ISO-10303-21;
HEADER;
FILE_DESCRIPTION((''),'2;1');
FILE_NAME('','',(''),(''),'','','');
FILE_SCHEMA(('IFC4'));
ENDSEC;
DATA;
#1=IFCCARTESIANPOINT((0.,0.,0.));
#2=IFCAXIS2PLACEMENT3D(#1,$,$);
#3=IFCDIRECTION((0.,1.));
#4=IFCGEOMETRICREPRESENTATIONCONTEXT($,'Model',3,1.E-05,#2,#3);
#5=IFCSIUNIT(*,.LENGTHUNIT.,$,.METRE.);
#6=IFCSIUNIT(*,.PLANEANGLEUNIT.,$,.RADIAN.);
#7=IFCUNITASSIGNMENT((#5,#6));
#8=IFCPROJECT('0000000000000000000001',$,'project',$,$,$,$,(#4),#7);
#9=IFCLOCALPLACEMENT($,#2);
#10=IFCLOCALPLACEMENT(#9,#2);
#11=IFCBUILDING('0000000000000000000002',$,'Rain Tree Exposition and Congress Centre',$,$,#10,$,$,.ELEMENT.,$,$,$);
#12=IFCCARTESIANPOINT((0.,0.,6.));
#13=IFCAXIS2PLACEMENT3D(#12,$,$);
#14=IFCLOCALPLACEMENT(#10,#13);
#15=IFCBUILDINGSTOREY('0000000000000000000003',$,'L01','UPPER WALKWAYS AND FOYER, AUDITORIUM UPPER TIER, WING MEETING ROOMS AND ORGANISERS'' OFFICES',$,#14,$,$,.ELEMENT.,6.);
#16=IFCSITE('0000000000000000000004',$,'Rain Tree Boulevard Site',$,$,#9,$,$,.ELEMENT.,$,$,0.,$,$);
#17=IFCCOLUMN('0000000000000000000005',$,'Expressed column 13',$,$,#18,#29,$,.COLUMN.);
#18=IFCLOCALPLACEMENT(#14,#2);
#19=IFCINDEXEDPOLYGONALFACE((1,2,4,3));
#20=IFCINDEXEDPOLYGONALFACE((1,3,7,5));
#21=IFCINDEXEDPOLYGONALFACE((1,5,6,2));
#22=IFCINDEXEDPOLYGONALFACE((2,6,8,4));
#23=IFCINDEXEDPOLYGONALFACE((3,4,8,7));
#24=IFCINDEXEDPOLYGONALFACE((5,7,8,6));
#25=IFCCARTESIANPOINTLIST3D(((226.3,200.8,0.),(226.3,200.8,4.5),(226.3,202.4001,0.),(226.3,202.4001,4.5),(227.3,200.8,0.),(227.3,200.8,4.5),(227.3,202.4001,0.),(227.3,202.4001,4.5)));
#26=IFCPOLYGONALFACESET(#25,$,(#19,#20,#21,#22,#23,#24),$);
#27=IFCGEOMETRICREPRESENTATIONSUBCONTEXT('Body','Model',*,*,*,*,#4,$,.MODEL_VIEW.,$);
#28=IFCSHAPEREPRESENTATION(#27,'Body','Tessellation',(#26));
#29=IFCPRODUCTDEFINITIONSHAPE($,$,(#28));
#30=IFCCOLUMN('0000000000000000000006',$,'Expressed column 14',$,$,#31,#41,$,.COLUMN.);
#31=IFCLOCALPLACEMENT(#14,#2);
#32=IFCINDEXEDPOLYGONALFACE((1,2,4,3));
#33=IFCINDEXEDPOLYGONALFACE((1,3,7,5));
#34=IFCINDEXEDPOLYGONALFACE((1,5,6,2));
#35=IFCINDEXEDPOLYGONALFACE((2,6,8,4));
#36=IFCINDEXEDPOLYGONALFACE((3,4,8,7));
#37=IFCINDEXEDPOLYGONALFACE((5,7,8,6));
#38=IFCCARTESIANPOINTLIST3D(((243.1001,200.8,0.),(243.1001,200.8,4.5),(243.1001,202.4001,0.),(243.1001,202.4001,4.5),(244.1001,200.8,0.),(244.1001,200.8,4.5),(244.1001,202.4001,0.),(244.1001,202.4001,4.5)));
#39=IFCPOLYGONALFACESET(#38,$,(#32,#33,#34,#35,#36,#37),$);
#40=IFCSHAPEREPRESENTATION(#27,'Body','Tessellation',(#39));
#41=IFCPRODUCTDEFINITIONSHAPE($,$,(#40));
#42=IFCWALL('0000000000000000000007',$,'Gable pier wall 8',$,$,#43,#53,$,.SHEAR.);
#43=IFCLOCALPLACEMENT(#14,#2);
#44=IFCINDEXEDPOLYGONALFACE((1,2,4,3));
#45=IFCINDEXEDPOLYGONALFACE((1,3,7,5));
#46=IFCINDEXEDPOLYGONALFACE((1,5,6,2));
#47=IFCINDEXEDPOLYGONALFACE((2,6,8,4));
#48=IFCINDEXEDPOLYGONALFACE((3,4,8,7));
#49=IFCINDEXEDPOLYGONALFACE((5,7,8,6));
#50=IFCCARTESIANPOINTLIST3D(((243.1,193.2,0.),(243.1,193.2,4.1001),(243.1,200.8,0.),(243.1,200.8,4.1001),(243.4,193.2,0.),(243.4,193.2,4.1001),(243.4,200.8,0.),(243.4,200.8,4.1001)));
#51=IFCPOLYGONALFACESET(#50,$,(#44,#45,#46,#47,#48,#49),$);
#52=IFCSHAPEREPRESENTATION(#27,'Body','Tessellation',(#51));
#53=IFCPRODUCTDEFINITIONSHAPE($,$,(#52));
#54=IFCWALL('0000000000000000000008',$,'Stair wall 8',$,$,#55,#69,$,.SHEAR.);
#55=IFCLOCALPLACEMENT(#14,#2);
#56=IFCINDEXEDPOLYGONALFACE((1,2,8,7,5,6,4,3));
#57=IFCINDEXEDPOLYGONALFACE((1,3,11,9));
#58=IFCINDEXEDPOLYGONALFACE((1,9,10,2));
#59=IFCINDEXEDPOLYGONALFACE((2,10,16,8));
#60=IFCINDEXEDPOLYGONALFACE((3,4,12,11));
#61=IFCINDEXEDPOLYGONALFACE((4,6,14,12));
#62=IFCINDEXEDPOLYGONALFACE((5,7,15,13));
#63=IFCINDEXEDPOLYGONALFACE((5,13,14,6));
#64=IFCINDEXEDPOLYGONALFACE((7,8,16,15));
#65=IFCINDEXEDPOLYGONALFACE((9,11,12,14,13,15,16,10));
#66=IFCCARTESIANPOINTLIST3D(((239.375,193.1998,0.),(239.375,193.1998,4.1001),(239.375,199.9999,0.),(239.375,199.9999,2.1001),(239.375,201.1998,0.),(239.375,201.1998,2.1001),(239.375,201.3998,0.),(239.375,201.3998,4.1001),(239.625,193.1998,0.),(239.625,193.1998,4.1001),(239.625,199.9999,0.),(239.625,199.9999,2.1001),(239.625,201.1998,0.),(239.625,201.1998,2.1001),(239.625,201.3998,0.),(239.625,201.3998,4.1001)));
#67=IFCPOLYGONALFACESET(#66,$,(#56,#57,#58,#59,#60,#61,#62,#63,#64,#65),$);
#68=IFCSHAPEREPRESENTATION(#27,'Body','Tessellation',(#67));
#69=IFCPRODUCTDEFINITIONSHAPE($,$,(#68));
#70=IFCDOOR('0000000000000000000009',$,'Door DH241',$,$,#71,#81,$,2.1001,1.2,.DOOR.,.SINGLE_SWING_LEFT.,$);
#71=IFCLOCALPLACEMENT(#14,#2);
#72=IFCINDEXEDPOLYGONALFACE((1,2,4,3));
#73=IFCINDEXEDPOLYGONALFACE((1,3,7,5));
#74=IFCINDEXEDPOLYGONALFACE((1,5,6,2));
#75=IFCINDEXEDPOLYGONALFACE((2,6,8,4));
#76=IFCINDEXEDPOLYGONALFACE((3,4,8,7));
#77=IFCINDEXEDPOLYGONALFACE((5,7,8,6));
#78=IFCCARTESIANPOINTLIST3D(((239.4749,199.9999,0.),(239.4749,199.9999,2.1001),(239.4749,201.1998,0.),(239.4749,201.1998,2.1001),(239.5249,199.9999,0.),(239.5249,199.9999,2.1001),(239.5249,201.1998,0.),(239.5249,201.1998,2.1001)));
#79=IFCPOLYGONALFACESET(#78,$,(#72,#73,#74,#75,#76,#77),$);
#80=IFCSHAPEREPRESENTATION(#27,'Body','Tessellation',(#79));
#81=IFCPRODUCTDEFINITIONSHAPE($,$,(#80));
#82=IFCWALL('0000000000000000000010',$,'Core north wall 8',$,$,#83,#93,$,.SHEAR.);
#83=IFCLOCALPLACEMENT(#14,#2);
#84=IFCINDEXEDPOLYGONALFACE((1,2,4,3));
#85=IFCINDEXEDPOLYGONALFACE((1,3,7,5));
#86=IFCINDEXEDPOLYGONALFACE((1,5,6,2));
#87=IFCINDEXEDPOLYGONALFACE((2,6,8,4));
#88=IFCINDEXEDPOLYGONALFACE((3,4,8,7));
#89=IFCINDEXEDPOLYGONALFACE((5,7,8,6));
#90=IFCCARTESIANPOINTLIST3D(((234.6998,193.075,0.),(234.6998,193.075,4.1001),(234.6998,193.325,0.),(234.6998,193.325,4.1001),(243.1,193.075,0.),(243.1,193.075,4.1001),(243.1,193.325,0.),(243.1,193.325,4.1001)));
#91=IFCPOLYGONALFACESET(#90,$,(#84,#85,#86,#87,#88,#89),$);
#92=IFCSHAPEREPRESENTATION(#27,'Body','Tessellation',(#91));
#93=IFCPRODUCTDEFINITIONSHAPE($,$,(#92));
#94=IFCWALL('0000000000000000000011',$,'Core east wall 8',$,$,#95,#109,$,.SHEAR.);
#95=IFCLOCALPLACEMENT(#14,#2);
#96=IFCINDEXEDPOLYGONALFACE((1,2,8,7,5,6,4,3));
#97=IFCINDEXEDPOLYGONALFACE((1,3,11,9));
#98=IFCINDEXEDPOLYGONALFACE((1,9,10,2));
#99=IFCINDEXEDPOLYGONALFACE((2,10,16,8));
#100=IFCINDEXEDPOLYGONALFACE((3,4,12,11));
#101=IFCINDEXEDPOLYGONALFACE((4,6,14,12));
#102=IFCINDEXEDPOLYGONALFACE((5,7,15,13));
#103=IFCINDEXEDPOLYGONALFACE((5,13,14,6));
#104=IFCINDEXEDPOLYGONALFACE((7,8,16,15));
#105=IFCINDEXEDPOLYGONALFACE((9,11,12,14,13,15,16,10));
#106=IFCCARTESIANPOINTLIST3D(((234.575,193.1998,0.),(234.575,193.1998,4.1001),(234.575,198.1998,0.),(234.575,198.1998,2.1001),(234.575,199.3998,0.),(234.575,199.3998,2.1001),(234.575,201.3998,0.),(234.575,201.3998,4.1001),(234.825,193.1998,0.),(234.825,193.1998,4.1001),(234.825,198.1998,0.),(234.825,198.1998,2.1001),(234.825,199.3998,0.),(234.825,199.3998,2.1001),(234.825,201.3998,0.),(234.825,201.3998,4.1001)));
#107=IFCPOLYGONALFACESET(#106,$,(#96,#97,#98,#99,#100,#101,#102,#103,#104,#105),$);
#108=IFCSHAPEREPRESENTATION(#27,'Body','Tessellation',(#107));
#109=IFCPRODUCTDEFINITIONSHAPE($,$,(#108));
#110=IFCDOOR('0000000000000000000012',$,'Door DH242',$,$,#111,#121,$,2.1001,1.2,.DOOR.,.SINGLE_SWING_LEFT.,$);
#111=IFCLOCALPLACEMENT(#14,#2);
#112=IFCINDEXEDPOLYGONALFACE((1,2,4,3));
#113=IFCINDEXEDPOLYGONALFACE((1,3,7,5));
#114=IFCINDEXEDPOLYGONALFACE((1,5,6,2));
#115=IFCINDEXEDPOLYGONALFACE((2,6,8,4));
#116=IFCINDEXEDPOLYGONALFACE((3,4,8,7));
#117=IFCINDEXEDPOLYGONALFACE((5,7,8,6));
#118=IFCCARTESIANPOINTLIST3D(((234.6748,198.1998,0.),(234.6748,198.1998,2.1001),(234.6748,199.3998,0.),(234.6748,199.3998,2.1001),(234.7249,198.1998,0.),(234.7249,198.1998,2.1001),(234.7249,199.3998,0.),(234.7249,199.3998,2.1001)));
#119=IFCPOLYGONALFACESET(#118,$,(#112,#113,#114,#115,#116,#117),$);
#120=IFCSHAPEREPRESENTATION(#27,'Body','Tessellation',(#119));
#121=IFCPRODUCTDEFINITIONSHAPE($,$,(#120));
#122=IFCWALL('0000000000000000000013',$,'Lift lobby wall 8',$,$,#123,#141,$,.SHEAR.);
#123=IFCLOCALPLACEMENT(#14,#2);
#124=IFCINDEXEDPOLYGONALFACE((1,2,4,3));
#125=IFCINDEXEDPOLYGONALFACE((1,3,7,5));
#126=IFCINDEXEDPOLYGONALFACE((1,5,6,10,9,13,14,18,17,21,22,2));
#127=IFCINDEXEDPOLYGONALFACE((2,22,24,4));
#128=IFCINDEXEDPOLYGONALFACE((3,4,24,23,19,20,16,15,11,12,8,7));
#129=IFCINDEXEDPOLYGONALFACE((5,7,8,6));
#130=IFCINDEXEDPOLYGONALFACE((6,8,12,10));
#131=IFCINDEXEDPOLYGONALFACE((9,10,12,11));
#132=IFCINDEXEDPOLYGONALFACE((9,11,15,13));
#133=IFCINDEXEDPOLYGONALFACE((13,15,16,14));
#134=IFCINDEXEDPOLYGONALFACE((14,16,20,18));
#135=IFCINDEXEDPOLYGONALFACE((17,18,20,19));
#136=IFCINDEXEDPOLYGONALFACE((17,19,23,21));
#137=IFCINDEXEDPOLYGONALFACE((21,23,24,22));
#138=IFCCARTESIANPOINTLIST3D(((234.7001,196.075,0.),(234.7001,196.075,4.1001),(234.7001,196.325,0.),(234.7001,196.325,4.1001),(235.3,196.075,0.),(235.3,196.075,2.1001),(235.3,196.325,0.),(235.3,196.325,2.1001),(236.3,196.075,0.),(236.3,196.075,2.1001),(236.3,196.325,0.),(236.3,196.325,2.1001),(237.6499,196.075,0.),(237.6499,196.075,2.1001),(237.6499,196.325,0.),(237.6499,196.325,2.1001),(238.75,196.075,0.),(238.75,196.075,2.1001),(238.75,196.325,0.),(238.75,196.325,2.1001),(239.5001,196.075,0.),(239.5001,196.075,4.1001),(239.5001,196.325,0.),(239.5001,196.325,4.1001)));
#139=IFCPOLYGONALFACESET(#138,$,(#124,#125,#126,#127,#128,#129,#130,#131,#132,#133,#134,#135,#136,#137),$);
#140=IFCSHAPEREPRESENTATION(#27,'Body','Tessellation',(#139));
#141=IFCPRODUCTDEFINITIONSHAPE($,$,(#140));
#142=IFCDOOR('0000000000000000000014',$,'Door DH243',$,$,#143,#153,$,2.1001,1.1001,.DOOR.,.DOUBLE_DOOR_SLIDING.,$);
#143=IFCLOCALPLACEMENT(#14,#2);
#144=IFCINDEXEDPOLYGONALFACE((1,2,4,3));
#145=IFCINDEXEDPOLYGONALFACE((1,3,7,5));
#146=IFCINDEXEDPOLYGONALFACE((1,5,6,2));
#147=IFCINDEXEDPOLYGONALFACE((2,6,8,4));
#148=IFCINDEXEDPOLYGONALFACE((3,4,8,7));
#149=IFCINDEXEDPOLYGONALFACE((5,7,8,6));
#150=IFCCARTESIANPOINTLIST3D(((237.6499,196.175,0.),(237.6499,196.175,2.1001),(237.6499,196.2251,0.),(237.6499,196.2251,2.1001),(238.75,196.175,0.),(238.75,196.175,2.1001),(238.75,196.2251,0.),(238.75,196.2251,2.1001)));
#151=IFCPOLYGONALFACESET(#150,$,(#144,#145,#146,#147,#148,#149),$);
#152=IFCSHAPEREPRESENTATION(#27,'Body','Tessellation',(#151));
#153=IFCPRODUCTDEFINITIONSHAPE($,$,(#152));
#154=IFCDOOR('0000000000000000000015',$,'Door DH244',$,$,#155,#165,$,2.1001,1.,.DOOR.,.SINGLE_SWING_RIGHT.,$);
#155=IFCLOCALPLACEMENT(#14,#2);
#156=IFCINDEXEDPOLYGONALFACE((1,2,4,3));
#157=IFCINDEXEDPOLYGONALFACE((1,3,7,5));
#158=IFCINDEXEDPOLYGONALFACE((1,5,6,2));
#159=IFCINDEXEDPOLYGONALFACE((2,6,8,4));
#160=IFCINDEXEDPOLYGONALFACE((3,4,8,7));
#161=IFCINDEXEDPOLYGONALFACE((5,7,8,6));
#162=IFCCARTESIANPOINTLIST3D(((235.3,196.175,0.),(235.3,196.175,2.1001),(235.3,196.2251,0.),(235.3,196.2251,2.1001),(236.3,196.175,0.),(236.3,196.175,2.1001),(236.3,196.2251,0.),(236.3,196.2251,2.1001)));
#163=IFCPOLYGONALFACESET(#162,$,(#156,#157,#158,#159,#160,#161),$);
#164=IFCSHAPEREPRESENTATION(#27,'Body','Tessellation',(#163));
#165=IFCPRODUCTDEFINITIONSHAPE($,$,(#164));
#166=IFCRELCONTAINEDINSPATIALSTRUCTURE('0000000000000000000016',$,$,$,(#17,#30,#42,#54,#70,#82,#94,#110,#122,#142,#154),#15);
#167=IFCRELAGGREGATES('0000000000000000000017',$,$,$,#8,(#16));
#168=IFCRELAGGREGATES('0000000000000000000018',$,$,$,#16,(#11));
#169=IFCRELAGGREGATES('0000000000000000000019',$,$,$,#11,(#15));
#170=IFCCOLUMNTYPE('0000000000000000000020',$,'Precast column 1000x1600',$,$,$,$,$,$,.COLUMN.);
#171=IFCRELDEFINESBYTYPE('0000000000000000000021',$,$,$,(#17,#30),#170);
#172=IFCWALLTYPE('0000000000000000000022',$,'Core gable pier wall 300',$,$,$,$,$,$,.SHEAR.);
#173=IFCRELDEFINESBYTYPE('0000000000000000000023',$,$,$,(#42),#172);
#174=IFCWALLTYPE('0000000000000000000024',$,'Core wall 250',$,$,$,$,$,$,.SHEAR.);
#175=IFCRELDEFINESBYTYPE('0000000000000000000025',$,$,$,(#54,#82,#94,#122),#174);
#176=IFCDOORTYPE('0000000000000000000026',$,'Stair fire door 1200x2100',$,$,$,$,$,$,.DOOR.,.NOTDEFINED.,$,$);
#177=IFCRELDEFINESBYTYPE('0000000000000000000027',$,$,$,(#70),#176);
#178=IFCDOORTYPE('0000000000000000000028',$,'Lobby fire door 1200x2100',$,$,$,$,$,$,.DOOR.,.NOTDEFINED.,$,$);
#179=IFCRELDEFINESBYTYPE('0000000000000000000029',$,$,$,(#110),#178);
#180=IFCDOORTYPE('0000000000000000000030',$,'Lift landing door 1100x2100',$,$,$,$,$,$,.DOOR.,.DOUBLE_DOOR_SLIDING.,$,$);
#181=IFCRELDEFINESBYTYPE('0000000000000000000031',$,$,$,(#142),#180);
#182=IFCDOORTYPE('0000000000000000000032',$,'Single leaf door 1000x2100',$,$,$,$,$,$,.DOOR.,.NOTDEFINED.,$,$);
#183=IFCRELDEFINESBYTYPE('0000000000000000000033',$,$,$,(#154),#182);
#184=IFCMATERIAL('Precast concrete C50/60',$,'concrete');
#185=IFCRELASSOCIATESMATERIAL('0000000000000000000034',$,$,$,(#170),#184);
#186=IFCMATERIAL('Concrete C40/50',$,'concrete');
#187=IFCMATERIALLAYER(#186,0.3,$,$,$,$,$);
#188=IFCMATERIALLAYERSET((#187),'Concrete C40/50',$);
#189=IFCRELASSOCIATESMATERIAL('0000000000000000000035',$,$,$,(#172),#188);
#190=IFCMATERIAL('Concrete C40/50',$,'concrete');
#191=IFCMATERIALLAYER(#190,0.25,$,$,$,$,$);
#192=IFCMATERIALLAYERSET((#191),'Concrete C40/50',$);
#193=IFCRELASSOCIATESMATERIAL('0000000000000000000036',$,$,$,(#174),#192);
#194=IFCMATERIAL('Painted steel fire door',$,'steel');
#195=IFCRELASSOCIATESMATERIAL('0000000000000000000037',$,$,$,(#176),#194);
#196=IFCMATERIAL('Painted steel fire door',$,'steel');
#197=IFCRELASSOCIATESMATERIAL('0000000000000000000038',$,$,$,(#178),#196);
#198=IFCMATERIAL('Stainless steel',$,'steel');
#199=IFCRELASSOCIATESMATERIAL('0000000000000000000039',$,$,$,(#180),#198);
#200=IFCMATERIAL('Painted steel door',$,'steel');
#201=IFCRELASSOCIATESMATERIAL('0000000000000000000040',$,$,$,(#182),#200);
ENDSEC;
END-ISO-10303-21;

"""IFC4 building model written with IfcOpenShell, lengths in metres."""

from ifc_helpers import new_model, si_unit, direction, frame, frame_2d, origin, origin_2d, place, context, subcontext, project, spatial, rectangle, extrude, material, layer, layer_set, material_profile, profile_set, type_object, element, fill, save


model = new_model("IFC4")

# Units and contexts
model_context = context("Model", 3, precision=1e-05, world=origin(), true_north=direction((0.0, 1.0)))
body_context = subcontext(model_context, "Body", "Model", "MODEL_VIEW")
ifc_project = project(units=[si_unit("LENGTHUNIT", "METRE"), si_unit("PLANEANGLEUNIT", "RADIAN")], contexts=[model_context])

# Site, building, storey
site_placement = place(None, origin())
site = spatial("IfcSite", under=ifc_project, at=site_placement, Name="Rain Tree Boulevard Site", CompositionType="ELEMENT", RefElevation=0.0)
building_placement = place(site_placement, origin())
building = spatial("IfcBuilding", under=site, at=building_placement, Name="Rain Tree Exposition and Congress Centre", CompositionType="ELEMENT")
storey_placement = place(building_placement, frame((0.0, 0.0, 6.0)))
storey = spatial("IfcBuildingStorey", under=building, at=storey_placement, Name="L01", Description="UPPER WALKWAYS AND FOYER, AUDITORIUM UPPER TIER, WING MEETING ROOMS AND ORGANISERS' OFFICES", CompositionType="ELEMENT", Elevation=6.0)

# Columns
ifc_material_1 = material(Name="Precast concrete C50/60", Category="concrete")
ifc_material_profile = material_profile(ifc_material_1, rectangle(XDim=1.0, YDim=1.6001, at=origin_2d()), Name="RC 1000x1600")
ifc_profile_set = profile_set([ifc_material_profile], Name="Precast concrete C50/60")
column_type = type_object("IfcColumnType", Name="Precast column 1000x1600", PredefinedType="COLUMN", material=ifc_profile_set)
for number, where, z_axis, x_axis, name in (
    (1, (226.8, 201.6001, 0.0), (0.0, 0.0, 1.0), (1.0, 0.0, 0.0), "Expressed column 13"),
    (2, (243.6001, 201.6001, 0.0), (0.0, 0.0, 1.0), (1.0, 0.0, 0.0), "Expressed column 14"),
):
    element("IfcColumn", number, at=place(storey_placement, frame(where, z_axis=z_axis, x_axis=x_axis)), inside=storey, type_object=column_type, Name=name, PredefinedType="COLUMN", context=body_context, shape_type="SweptSolid", body=[
        extrude(rectangle(XDim=1.0, YDim=1.6001, at=origin_2d()), origin(), (0.0, 0.0, 1.0), 4.5),
    ])

# Wall
ifc_material_2 = material(Name="Concrete C40/50", Category="concrete")
ifc_layer_1 = layer(ifc_material_2, 0.3)
ifc_layer_set_1 = layer_set([ifc_layer_1], Name="Concrete C40/50")
wall_type_1 = type_object("IfcWallType", Name="Core gable pier wall 300", PredefinedType="SHEAR", material=ifc_layer_set_1)
wall_1_placement = place(storey_placement, frame((243.25, 200.8, 0.0), z_axis=(0.0, 0.0, 1.0), x_axis=(0.0, -1.0, 0.0)))
element("IfcWall", 3, at=wall_1_placement, inside=storey, type_object=wall_type_1, Name="Gable pier wall 8", PredefinedType="SHEAR", context=body_context, shape_type="SweptSolid", body=[
    extrude(rectangle(XDim=7.6001, YDim=0.3, at=frame_2d((3.8, 0.0))), origin(), (0.0, 0.0, 1.0), 4.1001),
])

# Wall, opening, door
ifc_material_3 = material(Name="Concrete C40/50", Category="concrete")
ifc_layer_2 = layer(ifc_material_3, 0.25)
ifc_layer_set_2 = layer_set([ifc_layer_2], Name="Concrete C40/50")
wall_type_2 = type_object("IfcWallType", Name="Core wall 250", PredefinedType="SHEAR", material=ifc_layer_set_2)
wall_2_placement = place(storey_placement, frame((239.5, 201.3999, 0.0), z_axis=(0.0, 0.0, 1.0), x_axis=(0.0, -1.0, 0.0)))
wall_2 = element("IfcWall", 4, at=wall_2_placement, inside=storey, type_object=wall_type_2, Name="Stair wall 8", PredefinedType="SHEAR", context=body_context, shape_type="SweptSolid", body=[
    extrude(rectangle(XDim=8.2, YDim=0.25, at=frame_2d((4.1001, 0.0))), origin(), (0.0, 0.0, 1.0), 4.1001),
])
opening_1_placement = place(wall_2_placement, frame((0.2, 0.0, 0.0)))
opening_1 = element("IfcOpeningElement", 5, at=opening_1_placement, cuts=wall_2, PredefinedType="OPENING", context=body_context, shape_type="SweptSolid", body=[
    extrude(rectangle(XDim=1.2, YDim=2.1001, at=frame_2d((0.6001, 1.05))), frame((0.0, 0.125, 0.0), z_axis=(0.0, -1.0, 0.0), x_axis=(1.0, 0.0, 0.0)), (0.0, 0.0, 1.0), 0.25),
])
ifc_material_4 = material(Name="Painted steel fire door", Category="steel")
door_type_1 = type_object("IfcDoorType", Name="Stair fire door 1200x2100", OperationType="NOTDEFINED", PredefinedType="DOOR", material=ifc_material_4)
door_1_placement = place(opening_1_placement, origin())
door_1 = element("IfcDoor", 6, at=door_1_placement, inside=storey, type_object=door_type_1, Name="Door DH241", OperationType="SINGLE_SWING_LEFT", OverallHeight=2.1001, OverallWidth=1.2, PredefinedType="DOOR", context=body_context, shape_type="SweptSolid", body=[
    extrude(rectangle(XDim=1.2, YDim=2.1001, at=frame_2d((0.6001, 1.05))), frame((0.0, 0.0249, 0.0), z_axis=(0.0, -1.0, 0.0), x_axis=(1.0, 0.0, 0.0)), (0.0, 0.0, 1.0), 0.05),
])
fill(opening_1, door_1)

# Wall
wall_3_placement = place(storey_placement, frame((243.1001, 193.2, 0.0), z_axis=(0.0, 0.0, 1.0), x_axis=(-1.0, 0.0, 0.0)))
element("IfcWall", 7, at=wall_3_placement, inside=storey, type_object=wall_type_2, Name="Core north wall 8", PredefinedType="SHEAR", context=body_context, shape_type="SweptSolid", body=[
    extrude(rectangle(XDim=8.4001, YDim=0.25, at=frame_2d((4.2002, 0.0))), origin(), (0.0, 0.0, 1.0), 4.1001),
])

# Wall, opening, door
wall_4_placement = place(storey_placement, frame((234.7, 201.3999, 0.0), z_axis=(0.0, 0.0, 1.0), x_axis=(0.0, -1.0, 0.0)))
wall_4 = element("IfcWall", 8, at=wall_4_placement, inside=storey, type_object=wall_type_2, Name="Core east wall 8", PredefinedType="SHEAR", context=body_context, shape_type="SweptSolid", body=[
    extrude(rectangle(XDim=8.2, YDim=0.25, at=frame_2d((4.1001, 0.0))), origin(), (0.0, 0.0, 1.0), 4.1001),
])
opening_2_placement = place(wall_4_placement, frame((2.0, 0.0, 0.0)))
opening_2 = element("IfcOpeningElement", 9, at=opening_2_placement, cuts=wall_4, PredefinedType="OPENING", context=body_context, shape_type="SweptSolid", body=[
    extrude(rectangle(XDim=1.2, YDim=2.1001, at=frame_2d((0.6001, 1.05))), frame((0.0, 0.125, 0.0), z_axis=(0.0, -1.0, 0.0), x_axis=(1.0, 0.0, 0.0)), (0.0, 0.0, 1.0), 0.25),
])
ifc_material_5 = material(Name="Painted steel fire door", Category="steel")
door_type_2 = type_object("IfcDoorType", Name="Lobby fire door 1200x2100", OperationType="NOTDEFINED", PredefinedType="DOOR", material=ifc_material_5)
door_2_placement = place(opening_2_placement, origin())
door_2 = element("IfcDoor", 10, at=door_2_placement, inside=storey, type_object=door_type_2, Name="Door DH242", OperationType="SINGLE_SWING_LEFT", OverallHeight=2.1001, OverallWidth=1.2, PredefinedType="DOOR", context=body_context, shape_type="SweptSolid", body=[
    extrude(rectangle(XDim=1.2, YDim=2.1001, at=frame_2d((0.6001, 1.05))), frame((0.0, 0.0249, 0.0), z_axis=(0.0, -1.0, 0.0), x_axis=(1.0, 0.0, 0.0)), (0.0, 0.0, 1.0), 0.05),
])
fill(opening_2, door_2)

# Wall, openings, doors
wall_5_placement = place(storey_placement, frame((239.5, 196.2, 0.0), z_axis=(0.0, 0.0, 1.0), x_axis=(-1.0, 0.0, 0.0)))
wall_5 = element("IfcWall", 11, at=wall_5_placement, inside=storey, type_object=wall_type_2, Name="Lift lobby wall 8", PredefinedType="SHEAR", context=body_context, shape_type="SweptSolid", body=[
    extrude(rectangle(XDim=4.8, YDim=0.25, at=frame_2d((2.3999, 0.0))), origin(), (0.0, 0.0, 1.0), 4.1001),
])
opening_3_placement = place(wall_5_placement, frame((0.75, 0.0, 0.0)))
opening_3 = element("IfcOpeningElement", 12, at=opening_3_placement, cuts=wall_5, PredefinedType="OPENING", context=body_context, shape_type="SweptSolid", body=[
    extrude(rectangle(XDim=1.1001, YDim=2.1001, at=frame_2d((0.55, 1.05))), frame((0.0, 0.125, 0.0), z_axis=(0.0, -1.0, 0.0), x_axis=(1.0, 0.0, 0.0)), (0.0, 0.0, 1.0), 0.25),
])
opening_4_placement = place(wall_5_placement, frame((3.2, 0.0, 0.0)))
opening_4 = element("IfcOpeningElement", 13, at=opening_4_placement, cuts=wall_5, PredefinedType="OPENING", context=body_context, shape_type="SweptSolid", body=[
    extrude(rectangle(XDim=1.0, YDim=2.1001, at=frame_2d((0.5, 1.05))), frame((0.0, 0.125, 0.0), z_axis=(0.0, -1.0, 0.0), x_axis=(1.0, 0.0, 0.0)), (0.0, 0.0, 1.0), 0.25),
])
ifc_material_6 = material(Name="Stainless steel", Category="steel")
door_type_3 = type_object("IfcDoorType", Name="Lift landing door 1100x2100", OperationType="DOUBLE_DOOR_SLIDING", PredefinedType="DOOR", material=ifc_material_6)
door_3_placement = place(opening_3_placement, origin())
door_3 = element("IfcDoor", 14, at=door_3_placement, inside=storey, type_object=door_type_3, Name="Door DH243", OperationType="DOUBLE_DOOR_SLIDING", OverallHeight=2.1001, OverallWidth=1.1001, PredefinedType="DOOR", context=body_context, shape_type="SweptSolid", body=[
    extrude(rectangle(XDim=1.1001, YDim=2.1001, at=frame_2d((0.55, 1.05))), frame((0.0, 0.0249, 0.0), z_axis=(0.0, -1.0, 0.0), x_axis=(1.0, 0.0, 0.0)), (0.0, 0.0, 1.0), 0.05),
])
fill(opening_3, door_3)
ifc_material_7 = material(Name="Painted steel door", Category="steel")
door_type_4 = type_object("IfcDoorType", Name="Single leaf door 1000x2100", OperationType="NOTDEFINED", PredefinedType="DOOR", material=ifc_material_7)
door_4_placement = place(opening_4_placement, origin())
door_4 = element("IfcDoor", 15, at=door_4_placement, inside=storey, type_object=door_type_4, Name="Door DH244", OperationType="SINGLE_SWING_RIGHT", OverallHeight=2.1001, OverallWidth=1.0, PredefinedType="DOOR", context=body_context, shape_type="SweptSolid", body=[
    extrude(rectangle(XDim=1.0, YDim=2.1001, at=frame_2d((0.5, 1.05))), frame((0.0, 0.0249, 0.0), z_axis=(0.0, -1.0, 0.0), x_axis=(1.0, 0.0, 0.0)), (0.0, 0.0, 1.0), 0.05),
])
fill(opening_4, door_4)

save(model, "model.ifc")
